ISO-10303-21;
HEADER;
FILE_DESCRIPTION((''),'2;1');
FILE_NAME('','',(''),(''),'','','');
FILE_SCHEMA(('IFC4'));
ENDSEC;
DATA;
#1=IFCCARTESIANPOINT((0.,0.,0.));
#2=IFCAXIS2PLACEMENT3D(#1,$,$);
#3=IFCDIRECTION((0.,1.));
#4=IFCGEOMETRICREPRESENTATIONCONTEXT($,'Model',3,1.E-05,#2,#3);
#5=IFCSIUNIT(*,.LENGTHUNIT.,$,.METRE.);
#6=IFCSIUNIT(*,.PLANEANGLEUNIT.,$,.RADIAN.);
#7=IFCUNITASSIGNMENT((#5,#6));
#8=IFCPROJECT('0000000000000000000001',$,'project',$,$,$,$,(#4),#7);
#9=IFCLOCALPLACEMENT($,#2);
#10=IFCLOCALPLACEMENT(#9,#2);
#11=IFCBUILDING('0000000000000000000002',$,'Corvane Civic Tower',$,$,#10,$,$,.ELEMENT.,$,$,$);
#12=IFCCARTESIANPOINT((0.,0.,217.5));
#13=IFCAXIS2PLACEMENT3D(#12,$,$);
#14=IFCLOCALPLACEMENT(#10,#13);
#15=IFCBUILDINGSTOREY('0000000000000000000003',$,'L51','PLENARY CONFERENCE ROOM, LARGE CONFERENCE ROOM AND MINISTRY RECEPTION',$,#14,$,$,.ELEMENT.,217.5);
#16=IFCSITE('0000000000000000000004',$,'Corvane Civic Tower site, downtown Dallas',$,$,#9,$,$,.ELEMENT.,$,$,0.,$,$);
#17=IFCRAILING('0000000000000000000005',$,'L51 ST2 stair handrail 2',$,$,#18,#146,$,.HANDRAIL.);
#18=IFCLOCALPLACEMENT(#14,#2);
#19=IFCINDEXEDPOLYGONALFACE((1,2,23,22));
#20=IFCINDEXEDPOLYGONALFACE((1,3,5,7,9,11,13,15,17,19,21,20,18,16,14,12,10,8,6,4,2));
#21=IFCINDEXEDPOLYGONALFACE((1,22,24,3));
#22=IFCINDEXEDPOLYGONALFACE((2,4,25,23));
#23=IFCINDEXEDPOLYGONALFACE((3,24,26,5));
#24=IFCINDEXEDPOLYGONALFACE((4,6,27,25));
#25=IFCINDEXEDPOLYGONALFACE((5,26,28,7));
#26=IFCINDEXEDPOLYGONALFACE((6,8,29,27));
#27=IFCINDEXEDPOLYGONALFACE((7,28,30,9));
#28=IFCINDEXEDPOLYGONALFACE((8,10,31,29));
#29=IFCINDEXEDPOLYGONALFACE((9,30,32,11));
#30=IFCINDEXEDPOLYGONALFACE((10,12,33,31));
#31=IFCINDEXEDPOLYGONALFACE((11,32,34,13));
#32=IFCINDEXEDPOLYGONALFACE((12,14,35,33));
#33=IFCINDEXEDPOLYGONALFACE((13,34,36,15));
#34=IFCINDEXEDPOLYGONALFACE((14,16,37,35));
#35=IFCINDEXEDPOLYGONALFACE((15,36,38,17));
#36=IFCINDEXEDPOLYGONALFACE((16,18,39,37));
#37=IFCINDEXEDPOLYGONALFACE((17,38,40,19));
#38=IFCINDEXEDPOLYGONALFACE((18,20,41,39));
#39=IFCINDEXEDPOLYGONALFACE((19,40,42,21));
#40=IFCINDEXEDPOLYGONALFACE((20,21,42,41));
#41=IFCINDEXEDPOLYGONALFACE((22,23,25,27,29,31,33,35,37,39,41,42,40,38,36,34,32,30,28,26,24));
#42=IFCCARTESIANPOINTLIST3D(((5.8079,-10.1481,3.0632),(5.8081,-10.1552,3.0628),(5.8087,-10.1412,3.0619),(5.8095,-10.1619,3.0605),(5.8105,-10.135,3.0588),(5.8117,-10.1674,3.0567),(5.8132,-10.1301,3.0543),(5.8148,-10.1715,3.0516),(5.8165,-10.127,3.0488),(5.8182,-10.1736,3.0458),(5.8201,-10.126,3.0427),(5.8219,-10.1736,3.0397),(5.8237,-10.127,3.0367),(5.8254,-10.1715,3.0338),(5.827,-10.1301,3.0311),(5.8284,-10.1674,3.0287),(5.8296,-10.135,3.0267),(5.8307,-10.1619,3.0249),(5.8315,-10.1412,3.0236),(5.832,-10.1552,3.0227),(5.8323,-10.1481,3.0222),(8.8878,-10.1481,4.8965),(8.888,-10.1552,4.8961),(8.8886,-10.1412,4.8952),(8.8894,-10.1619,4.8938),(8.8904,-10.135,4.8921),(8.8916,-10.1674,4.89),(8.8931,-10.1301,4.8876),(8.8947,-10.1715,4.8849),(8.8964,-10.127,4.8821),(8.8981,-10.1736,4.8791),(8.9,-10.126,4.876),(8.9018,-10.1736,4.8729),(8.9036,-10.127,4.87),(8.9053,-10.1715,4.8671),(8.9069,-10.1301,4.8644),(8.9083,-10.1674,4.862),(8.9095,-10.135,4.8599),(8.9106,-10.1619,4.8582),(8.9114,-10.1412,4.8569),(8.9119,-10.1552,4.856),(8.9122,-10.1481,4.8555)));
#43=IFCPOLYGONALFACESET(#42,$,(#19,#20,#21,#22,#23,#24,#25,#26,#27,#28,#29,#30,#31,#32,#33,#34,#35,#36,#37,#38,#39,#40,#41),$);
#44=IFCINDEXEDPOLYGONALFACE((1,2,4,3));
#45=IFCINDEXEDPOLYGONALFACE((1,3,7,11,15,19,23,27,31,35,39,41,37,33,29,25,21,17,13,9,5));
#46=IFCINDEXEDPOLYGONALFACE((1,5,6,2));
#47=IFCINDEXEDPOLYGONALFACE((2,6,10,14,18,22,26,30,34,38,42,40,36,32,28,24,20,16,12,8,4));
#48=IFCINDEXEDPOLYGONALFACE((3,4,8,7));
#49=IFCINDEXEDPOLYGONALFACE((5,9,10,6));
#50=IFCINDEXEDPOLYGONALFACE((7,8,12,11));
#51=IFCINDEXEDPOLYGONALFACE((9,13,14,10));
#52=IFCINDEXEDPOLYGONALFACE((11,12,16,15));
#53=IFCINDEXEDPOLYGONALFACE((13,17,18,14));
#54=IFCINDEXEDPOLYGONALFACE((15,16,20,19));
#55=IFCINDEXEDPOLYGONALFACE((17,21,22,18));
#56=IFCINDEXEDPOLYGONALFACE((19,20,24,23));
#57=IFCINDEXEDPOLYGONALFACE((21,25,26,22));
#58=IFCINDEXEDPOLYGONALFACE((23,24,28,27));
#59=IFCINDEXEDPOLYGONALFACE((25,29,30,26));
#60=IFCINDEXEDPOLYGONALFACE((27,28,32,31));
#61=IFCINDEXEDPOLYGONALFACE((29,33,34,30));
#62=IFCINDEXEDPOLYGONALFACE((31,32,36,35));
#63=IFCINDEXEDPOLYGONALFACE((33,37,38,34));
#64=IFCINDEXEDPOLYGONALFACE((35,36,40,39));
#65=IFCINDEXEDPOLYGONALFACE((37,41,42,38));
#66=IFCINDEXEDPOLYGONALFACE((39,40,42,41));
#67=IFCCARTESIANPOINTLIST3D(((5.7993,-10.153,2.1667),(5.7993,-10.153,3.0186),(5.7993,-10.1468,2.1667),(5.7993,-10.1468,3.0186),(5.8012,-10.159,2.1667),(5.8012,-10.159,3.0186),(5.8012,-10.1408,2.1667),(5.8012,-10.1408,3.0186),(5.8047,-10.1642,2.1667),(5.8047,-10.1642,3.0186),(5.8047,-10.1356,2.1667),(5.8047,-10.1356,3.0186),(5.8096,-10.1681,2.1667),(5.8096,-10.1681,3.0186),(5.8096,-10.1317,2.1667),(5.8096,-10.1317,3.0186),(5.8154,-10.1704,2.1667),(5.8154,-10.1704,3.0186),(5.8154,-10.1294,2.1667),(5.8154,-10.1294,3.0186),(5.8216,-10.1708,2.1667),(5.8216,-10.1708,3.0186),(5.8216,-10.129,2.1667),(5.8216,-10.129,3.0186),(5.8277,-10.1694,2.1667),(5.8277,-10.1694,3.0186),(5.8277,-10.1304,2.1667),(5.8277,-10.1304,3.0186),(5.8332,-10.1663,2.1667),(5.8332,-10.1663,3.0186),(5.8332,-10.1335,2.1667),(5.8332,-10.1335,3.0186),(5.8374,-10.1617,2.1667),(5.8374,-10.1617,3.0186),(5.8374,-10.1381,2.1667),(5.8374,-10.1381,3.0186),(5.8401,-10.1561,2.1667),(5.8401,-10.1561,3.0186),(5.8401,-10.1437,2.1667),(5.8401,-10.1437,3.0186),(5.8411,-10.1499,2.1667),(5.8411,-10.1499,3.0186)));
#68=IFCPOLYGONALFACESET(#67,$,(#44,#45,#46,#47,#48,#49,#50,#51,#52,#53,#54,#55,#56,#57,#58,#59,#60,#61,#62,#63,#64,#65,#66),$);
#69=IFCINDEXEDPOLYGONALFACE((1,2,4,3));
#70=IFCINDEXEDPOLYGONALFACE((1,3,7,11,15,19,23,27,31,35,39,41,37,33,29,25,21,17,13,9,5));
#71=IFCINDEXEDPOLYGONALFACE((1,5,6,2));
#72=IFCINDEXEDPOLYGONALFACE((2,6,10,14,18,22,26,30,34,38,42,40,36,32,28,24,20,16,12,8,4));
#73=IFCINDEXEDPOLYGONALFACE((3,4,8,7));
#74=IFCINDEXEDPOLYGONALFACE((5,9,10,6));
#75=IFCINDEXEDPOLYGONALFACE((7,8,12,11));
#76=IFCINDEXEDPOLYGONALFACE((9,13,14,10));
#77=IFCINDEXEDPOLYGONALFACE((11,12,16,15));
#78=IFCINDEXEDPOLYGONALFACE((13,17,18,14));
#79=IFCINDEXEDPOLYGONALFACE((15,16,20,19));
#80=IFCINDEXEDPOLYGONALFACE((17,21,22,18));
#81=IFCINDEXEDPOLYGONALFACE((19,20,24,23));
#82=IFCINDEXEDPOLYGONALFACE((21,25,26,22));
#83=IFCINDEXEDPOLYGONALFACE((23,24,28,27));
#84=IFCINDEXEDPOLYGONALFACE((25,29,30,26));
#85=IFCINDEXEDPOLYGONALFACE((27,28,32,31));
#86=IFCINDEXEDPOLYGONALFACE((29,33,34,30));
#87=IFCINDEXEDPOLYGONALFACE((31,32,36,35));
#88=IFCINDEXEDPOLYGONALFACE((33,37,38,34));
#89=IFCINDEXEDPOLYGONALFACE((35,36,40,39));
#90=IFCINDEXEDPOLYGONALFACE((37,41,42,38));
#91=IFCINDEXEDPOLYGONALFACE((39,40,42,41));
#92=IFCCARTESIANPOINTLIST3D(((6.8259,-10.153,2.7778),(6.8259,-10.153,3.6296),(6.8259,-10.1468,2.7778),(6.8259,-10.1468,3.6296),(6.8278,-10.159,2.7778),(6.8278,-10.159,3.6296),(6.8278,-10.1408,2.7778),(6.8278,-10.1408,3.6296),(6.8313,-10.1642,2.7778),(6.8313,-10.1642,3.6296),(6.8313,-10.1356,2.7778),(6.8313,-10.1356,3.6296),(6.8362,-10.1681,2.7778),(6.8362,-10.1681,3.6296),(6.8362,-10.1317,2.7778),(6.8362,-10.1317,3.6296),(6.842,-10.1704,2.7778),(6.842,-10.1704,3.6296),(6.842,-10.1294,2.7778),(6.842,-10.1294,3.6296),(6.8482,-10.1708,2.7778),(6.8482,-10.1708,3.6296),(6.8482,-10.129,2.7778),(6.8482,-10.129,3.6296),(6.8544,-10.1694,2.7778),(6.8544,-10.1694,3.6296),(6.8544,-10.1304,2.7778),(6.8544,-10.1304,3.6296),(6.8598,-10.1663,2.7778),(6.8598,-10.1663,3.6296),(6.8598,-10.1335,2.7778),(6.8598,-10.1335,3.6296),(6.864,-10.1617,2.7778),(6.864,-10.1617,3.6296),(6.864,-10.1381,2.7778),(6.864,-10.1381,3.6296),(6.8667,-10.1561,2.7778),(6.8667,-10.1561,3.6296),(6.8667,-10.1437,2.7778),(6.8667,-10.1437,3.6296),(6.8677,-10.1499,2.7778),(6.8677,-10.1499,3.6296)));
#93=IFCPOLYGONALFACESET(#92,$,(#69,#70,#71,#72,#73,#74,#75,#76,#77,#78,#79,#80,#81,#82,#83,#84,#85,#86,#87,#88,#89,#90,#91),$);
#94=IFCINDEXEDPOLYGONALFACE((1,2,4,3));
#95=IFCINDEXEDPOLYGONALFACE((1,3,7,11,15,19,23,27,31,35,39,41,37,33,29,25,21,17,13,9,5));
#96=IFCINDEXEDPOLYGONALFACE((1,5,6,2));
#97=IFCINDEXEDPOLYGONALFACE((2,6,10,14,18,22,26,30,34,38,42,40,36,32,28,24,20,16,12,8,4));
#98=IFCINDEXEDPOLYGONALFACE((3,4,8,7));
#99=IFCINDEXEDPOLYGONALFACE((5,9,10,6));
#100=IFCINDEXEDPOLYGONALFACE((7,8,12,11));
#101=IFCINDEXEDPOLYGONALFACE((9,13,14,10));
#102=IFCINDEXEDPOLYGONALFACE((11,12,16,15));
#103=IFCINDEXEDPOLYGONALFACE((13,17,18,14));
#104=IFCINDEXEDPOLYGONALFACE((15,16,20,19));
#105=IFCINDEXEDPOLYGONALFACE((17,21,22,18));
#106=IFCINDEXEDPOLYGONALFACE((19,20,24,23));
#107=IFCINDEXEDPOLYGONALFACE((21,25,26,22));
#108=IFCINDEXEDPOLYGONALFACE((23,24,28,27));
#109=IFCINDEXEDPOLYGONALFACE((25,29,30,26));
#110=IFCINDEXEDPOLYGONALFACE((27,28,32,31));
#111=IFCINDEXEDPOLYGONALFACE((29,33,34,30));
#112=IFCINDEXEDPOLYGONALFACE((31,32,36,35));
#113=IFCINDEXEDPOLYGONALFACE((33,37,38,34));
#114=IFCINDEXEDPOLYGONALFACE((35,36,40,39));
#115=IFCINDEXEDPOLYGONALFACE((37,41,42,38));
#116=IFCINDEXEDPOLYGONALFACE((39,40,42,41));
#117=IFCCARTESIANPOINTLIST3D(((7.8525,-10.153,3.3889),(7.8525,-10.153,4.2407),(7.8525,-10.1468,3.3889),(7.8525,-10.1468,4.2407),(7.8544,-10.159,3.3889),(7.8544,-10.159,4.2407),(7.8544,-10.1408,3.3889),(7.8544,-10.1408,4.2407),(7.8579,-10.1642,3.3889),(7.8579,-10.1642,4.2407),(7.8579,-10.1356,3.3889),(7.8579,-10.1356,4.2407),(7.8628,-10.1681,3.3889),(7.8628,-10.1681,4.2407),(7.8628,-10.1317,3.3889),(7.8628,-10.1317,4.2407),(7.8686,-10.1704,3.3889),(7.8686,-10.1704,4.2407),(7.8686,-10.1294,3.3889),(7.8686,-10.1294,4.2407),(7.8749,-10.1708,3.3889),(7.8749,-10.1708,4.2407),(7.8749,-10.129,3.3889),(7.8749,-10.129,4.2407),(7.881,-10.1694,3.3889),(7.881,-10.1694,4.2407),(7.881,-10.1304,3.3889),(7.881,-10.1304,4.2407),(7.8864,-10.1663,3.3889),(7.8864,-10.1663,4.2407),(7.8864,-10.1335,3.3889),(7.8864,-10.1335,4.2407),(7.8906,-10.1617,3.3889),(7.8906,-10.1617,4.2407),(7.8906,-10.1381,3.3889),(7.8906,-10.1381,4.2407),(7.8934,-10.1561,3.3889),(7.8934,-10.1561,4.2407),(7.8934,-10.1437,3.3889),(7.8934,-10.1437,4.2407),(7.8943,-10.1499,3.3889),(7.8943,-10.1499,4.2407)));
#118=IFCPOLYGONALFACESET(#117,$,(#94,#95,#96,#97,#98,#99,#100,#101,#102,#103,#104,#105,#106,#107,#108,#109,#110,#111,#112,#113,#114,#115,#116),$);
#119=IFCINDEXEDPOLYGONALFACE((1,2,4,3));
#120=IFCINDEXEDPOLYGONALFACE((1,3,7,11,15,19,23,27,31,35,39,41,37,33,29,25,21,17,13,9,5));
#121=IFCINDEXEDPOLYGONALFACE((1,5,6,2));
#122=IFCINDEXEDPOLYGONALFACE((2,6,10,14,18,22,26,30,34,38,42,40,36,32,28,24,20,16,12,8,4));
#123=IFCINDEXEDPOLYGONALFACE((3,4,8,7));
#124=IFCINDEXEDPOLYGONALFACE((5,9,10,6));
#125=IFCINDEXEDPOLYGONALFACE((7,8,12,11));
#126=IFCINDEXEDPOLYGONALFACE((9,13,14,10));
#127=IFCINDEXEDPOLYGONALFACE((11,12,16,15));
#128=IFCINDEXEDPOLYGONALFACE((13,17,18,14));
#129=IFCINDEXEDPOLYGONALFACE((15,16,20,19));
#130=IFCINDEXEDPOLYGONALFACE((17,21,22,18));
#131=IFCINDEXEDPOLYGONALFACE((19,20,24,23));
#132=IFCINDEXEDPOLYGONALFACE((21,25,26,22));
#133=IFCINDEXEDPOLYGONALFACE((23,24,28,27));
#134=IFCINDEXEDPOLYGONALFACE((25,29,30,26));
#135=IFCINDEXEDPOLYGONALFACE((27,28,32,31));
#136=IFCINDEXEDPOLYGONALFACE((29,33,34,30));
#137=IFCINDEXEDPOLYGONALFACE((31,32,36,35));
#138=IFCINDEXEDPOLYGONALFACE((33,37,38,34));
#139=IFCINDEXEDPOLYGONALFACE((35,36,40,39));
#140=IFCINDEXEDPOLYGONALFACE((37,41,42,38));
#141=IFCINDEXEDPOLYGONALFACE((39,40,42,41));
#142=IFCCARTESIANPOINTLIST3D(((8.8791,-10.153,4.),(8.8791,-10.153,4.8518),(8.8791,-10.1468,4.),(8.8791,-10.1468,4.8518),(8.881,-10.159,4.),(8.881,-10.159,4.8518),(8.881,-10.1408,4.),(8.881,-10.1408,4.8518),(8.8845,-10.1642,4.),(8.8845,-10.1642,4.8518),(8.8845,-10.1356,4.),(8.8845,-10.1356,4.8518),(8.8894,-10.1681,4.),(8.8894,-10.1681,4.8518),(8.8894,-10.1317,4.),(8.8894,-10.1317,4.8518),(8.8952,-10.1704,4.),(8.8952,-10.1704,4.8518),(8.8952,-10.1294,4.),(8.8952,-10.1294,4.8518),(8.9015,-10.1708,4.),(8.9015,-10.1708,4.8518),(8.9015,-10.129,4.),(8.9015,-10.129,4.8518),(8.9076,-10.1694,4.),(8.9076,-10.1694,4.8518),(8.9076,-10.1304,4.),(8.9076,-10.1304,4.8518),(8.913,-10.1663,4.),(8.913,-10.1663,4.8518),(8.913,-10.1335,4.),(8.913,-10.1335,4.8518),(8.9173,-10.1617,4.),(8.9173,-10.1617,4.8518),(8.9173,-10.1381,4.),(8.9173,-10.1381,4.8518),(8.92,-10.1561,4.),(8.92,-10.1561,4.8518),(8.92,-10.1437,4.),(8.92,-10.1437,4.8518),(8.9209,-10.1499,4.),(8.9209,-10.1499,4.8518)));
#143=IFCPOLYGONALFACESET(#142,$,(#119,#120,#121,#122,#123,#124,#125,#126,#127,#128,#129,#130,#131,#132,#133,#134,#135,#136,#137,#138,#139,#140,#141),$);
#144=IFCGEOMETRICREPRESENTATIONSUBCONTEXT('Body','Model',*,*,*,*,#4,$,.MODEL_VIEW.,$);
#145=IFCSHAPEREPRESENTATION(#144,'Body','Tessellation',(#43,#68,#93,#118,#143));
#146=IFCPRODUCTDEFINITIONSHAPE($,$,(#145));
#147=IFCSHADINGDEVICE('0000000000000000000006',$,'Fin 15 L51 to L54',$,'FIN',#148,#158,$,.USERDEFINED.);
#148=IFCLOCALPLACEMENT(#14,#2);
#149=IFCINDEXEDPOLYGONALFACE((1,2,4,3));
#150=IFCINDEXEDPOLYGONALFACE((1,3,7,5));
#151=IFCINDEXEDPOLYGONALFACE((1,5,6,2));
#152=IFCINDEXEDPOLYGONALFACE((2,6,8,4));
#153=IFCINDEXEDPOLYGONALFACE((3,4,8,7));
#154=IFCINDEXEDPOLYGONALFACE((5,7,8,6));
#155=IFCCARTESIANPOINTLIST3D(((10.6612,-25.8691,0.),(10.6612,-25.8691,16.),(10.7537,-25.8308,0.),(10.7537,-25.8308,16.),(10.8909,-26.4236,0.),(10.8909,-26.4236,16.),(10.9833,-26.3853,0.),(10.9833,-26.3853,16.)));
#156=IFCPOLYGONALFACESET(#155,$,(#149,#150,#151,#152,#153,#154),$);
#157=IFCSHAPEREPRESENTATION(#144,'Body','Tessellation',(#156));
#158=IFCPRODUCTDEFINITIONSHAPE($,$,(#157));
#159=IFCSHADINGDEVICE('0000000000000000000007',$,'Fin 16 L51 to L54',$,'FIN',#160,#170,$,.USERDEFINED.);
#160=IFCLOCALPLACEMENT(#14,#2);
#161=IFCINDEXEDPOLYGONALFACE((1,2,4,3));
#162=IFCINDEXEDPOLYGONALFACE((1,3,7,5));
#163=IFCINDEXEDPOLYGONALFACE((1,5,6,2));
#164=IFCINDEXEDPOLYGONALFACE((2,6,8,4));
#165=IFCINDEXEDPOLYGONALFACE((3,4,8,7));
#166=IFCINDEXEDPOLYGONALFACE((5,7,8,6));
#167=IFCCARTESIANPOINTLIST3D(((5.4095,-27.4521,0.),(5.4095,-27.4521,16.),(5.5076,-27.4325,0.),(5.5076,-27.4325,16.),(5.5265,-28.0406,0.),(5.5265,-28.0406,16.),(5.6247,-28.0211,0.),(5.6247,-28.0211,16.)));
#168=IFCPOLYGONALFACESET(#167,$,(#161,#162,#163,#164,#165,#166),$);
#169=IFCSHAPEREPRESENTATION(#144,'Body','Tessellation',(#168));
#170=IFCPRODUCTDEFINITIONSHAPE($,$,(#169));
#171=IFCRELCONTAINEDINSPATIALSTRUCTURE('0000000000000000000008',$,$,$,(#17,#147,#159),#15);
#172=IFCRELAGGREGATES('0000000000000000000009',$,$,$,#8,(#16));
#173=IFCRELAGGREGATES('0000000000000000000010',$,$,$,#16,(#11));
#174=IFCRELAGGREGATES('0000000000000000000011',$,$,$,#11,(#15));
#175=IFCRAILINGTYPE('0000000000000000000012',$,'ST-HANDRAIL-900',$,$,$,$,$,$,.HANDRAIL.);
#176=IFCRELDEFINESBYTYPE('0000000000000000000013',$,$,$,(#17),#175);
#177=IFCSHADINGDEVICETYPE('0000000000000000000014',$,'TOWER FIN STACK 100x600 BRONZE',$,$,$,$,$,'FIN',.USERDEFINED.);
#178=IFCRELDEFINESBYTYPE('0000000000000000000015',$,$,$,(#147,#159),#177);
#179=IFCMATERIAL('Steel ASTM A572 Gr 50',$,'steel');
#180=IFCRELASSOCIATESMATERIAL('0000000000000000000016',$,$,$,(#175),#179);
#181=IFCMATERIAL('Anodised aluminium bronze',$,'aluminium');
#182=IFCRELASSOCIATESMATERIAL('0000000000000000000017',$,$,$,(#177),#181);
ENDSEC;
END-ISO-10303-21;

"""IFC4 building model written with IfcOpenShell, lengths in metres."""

from ifc_helpers import new_model, si_unit, direction, frame, origin, origin_2d, place, context, subcontext, project, spatial, rectangle, circle, extrude, material, material_profile, profile_set, type_object, element, save


model = new_model("IFC4")

# Units and contexts
model_context = context("Model", 3, precision=1e-05, world=origin(), true_north=direction((0.0, 1.0)))
body_context = subcontext(model_context, "Body", "Model", "MODEL_VIEW")
ifc_project = project(units=[si_unit("LENGTHUNIT", "METRE"), si_unit("PLANEANGLEUNIT", "RADIAN")], contexts=[model_context])

# Site, building, storey
site_placement = place(None, origin())
site = spatial("IfcSite", under=ifc_project, at=site_placement, Name="Corvane Civic Tower site, downtown Dallas", CompositionType="ELEMENT", RefElevation=0.0)
building_placement = place(site_placement, origin())
building = spatial("IfcBuilding", under=site, at=building_placement, Name="Corvane Civic Tower", CompositionType="ELEMENT")
storey_placement = place(building_placement, frame((0.0, 0.0, 217.5)))
storey = spatial("IfcBuildingStorey", under=building, at=storey_placement, Name="L51", Description="PLENARY CONFERENCE ROOM, LARGE CONFERENCE ROOM AND MINISTRY RECEPTION", CompositionType="ELEMENT", Elevation=217.5)

# Railing
ifc_material_1 = material(Name="Steel ASTM A572 Gr 50", Category="steel")
railing_type_1 = type_object("IfcRailingType", Name="ST-HANDRAIL-900", PredefinedType="HANDRAIL", material=ifc_material_1)
railing_1_placement = place(storey_placement, frame((5.8201, -10.1499, 2.1667)))
element("IfcRailing", 1, at=railing_1_placement, inside=storey, type_object=railing_type_1, Name="L51 ST2 stair handrail 2", PredefinedType="HANDRAIL", context=body_context, shape_type="SweptSolid", body=[
    extrude(circle(Radius=0.0239, at=origin_2d()), frame((0.0, 0.0, 0.876), z_axis=(0.859291, 0.0, 0.511487), x_axis=(0.0, 1.0, 0.0)), (0.0, 0.0, 1.0), 3.5842),
    extrude(circle(Radius=0.021, at=origin_2d()), origin(), (0.0, 0.0, 1.0), 0.8518),
    extrude(circle(Radius=0.021, at=origin_2d()), frame((1.0266, 0.0, 0.6111)), (0.0, 0.0, 1.0), 0.8518),
    extrude(circle(Radius=0.021, at=origin_2d()), frame((2.0532, 0.0, 1.2222)), (0.0, 0.0, 1.0), 0.8518),
    extrude(circle(Radius=0.021, at=origin_2d()), frame((3.0798, 0.0, 1.8333)), (0.0, 0.0, 1.0), 0.8518),
])

# Shading devices
ifc_material_2 = material(Name="Anodised aluminium bronze", Category="aluminium")
ifc_material_profile_1 = material_profile(ifc_material_2, rectangle(XDim=0.1001, YDim=0.6001, at=origin_2d()), Name="TOWER FIN STACK 100x600 BRONZE")
ifc_profile_set_1 = profile_set([ifc_material_profile_1], Name="Anodised aluminium bronze")
shading_device_type = type_object("IfcShadingDeviceType", Name="TOWER FIN STACK 100x600 BRONZE", ElementType="FIN", PredefinedType="USERDEFINED", material=ifc_profile_set_1)
for number, where, z_axis, x_axis, name in (
    (2, (10.8223, -26.1272, 0.0), (0.0, 0.0, 1.0), (-0.92388, -0.382683, 0.0), "Fin 15 L51 to L54"),
    (3, (5.5171, -27.7366, 0.0), (0.0, 0.0, 1.0), (-0.980785, -0.19509, 0.0), "Fin 16 L51 to L54"),
):
    element("IfcShadingDevice", number, at=place(storey_placement, frame(where, z_axis=z_axis, x_axis=x_axis)), inside=storey, type_object=shading_device_type, Name=name, ObjectType="FIN", PredefinedType="USERDEFINED", context=body_context, shape_type="SweptSolid", body=[
        extrude(rectangle(XDim=0.1001, YDim=0.6001, at=origin_2d()), origin(), (0.0, 0.0, 1.0), 16.0),
    ])

save(model, "model.ifc")
